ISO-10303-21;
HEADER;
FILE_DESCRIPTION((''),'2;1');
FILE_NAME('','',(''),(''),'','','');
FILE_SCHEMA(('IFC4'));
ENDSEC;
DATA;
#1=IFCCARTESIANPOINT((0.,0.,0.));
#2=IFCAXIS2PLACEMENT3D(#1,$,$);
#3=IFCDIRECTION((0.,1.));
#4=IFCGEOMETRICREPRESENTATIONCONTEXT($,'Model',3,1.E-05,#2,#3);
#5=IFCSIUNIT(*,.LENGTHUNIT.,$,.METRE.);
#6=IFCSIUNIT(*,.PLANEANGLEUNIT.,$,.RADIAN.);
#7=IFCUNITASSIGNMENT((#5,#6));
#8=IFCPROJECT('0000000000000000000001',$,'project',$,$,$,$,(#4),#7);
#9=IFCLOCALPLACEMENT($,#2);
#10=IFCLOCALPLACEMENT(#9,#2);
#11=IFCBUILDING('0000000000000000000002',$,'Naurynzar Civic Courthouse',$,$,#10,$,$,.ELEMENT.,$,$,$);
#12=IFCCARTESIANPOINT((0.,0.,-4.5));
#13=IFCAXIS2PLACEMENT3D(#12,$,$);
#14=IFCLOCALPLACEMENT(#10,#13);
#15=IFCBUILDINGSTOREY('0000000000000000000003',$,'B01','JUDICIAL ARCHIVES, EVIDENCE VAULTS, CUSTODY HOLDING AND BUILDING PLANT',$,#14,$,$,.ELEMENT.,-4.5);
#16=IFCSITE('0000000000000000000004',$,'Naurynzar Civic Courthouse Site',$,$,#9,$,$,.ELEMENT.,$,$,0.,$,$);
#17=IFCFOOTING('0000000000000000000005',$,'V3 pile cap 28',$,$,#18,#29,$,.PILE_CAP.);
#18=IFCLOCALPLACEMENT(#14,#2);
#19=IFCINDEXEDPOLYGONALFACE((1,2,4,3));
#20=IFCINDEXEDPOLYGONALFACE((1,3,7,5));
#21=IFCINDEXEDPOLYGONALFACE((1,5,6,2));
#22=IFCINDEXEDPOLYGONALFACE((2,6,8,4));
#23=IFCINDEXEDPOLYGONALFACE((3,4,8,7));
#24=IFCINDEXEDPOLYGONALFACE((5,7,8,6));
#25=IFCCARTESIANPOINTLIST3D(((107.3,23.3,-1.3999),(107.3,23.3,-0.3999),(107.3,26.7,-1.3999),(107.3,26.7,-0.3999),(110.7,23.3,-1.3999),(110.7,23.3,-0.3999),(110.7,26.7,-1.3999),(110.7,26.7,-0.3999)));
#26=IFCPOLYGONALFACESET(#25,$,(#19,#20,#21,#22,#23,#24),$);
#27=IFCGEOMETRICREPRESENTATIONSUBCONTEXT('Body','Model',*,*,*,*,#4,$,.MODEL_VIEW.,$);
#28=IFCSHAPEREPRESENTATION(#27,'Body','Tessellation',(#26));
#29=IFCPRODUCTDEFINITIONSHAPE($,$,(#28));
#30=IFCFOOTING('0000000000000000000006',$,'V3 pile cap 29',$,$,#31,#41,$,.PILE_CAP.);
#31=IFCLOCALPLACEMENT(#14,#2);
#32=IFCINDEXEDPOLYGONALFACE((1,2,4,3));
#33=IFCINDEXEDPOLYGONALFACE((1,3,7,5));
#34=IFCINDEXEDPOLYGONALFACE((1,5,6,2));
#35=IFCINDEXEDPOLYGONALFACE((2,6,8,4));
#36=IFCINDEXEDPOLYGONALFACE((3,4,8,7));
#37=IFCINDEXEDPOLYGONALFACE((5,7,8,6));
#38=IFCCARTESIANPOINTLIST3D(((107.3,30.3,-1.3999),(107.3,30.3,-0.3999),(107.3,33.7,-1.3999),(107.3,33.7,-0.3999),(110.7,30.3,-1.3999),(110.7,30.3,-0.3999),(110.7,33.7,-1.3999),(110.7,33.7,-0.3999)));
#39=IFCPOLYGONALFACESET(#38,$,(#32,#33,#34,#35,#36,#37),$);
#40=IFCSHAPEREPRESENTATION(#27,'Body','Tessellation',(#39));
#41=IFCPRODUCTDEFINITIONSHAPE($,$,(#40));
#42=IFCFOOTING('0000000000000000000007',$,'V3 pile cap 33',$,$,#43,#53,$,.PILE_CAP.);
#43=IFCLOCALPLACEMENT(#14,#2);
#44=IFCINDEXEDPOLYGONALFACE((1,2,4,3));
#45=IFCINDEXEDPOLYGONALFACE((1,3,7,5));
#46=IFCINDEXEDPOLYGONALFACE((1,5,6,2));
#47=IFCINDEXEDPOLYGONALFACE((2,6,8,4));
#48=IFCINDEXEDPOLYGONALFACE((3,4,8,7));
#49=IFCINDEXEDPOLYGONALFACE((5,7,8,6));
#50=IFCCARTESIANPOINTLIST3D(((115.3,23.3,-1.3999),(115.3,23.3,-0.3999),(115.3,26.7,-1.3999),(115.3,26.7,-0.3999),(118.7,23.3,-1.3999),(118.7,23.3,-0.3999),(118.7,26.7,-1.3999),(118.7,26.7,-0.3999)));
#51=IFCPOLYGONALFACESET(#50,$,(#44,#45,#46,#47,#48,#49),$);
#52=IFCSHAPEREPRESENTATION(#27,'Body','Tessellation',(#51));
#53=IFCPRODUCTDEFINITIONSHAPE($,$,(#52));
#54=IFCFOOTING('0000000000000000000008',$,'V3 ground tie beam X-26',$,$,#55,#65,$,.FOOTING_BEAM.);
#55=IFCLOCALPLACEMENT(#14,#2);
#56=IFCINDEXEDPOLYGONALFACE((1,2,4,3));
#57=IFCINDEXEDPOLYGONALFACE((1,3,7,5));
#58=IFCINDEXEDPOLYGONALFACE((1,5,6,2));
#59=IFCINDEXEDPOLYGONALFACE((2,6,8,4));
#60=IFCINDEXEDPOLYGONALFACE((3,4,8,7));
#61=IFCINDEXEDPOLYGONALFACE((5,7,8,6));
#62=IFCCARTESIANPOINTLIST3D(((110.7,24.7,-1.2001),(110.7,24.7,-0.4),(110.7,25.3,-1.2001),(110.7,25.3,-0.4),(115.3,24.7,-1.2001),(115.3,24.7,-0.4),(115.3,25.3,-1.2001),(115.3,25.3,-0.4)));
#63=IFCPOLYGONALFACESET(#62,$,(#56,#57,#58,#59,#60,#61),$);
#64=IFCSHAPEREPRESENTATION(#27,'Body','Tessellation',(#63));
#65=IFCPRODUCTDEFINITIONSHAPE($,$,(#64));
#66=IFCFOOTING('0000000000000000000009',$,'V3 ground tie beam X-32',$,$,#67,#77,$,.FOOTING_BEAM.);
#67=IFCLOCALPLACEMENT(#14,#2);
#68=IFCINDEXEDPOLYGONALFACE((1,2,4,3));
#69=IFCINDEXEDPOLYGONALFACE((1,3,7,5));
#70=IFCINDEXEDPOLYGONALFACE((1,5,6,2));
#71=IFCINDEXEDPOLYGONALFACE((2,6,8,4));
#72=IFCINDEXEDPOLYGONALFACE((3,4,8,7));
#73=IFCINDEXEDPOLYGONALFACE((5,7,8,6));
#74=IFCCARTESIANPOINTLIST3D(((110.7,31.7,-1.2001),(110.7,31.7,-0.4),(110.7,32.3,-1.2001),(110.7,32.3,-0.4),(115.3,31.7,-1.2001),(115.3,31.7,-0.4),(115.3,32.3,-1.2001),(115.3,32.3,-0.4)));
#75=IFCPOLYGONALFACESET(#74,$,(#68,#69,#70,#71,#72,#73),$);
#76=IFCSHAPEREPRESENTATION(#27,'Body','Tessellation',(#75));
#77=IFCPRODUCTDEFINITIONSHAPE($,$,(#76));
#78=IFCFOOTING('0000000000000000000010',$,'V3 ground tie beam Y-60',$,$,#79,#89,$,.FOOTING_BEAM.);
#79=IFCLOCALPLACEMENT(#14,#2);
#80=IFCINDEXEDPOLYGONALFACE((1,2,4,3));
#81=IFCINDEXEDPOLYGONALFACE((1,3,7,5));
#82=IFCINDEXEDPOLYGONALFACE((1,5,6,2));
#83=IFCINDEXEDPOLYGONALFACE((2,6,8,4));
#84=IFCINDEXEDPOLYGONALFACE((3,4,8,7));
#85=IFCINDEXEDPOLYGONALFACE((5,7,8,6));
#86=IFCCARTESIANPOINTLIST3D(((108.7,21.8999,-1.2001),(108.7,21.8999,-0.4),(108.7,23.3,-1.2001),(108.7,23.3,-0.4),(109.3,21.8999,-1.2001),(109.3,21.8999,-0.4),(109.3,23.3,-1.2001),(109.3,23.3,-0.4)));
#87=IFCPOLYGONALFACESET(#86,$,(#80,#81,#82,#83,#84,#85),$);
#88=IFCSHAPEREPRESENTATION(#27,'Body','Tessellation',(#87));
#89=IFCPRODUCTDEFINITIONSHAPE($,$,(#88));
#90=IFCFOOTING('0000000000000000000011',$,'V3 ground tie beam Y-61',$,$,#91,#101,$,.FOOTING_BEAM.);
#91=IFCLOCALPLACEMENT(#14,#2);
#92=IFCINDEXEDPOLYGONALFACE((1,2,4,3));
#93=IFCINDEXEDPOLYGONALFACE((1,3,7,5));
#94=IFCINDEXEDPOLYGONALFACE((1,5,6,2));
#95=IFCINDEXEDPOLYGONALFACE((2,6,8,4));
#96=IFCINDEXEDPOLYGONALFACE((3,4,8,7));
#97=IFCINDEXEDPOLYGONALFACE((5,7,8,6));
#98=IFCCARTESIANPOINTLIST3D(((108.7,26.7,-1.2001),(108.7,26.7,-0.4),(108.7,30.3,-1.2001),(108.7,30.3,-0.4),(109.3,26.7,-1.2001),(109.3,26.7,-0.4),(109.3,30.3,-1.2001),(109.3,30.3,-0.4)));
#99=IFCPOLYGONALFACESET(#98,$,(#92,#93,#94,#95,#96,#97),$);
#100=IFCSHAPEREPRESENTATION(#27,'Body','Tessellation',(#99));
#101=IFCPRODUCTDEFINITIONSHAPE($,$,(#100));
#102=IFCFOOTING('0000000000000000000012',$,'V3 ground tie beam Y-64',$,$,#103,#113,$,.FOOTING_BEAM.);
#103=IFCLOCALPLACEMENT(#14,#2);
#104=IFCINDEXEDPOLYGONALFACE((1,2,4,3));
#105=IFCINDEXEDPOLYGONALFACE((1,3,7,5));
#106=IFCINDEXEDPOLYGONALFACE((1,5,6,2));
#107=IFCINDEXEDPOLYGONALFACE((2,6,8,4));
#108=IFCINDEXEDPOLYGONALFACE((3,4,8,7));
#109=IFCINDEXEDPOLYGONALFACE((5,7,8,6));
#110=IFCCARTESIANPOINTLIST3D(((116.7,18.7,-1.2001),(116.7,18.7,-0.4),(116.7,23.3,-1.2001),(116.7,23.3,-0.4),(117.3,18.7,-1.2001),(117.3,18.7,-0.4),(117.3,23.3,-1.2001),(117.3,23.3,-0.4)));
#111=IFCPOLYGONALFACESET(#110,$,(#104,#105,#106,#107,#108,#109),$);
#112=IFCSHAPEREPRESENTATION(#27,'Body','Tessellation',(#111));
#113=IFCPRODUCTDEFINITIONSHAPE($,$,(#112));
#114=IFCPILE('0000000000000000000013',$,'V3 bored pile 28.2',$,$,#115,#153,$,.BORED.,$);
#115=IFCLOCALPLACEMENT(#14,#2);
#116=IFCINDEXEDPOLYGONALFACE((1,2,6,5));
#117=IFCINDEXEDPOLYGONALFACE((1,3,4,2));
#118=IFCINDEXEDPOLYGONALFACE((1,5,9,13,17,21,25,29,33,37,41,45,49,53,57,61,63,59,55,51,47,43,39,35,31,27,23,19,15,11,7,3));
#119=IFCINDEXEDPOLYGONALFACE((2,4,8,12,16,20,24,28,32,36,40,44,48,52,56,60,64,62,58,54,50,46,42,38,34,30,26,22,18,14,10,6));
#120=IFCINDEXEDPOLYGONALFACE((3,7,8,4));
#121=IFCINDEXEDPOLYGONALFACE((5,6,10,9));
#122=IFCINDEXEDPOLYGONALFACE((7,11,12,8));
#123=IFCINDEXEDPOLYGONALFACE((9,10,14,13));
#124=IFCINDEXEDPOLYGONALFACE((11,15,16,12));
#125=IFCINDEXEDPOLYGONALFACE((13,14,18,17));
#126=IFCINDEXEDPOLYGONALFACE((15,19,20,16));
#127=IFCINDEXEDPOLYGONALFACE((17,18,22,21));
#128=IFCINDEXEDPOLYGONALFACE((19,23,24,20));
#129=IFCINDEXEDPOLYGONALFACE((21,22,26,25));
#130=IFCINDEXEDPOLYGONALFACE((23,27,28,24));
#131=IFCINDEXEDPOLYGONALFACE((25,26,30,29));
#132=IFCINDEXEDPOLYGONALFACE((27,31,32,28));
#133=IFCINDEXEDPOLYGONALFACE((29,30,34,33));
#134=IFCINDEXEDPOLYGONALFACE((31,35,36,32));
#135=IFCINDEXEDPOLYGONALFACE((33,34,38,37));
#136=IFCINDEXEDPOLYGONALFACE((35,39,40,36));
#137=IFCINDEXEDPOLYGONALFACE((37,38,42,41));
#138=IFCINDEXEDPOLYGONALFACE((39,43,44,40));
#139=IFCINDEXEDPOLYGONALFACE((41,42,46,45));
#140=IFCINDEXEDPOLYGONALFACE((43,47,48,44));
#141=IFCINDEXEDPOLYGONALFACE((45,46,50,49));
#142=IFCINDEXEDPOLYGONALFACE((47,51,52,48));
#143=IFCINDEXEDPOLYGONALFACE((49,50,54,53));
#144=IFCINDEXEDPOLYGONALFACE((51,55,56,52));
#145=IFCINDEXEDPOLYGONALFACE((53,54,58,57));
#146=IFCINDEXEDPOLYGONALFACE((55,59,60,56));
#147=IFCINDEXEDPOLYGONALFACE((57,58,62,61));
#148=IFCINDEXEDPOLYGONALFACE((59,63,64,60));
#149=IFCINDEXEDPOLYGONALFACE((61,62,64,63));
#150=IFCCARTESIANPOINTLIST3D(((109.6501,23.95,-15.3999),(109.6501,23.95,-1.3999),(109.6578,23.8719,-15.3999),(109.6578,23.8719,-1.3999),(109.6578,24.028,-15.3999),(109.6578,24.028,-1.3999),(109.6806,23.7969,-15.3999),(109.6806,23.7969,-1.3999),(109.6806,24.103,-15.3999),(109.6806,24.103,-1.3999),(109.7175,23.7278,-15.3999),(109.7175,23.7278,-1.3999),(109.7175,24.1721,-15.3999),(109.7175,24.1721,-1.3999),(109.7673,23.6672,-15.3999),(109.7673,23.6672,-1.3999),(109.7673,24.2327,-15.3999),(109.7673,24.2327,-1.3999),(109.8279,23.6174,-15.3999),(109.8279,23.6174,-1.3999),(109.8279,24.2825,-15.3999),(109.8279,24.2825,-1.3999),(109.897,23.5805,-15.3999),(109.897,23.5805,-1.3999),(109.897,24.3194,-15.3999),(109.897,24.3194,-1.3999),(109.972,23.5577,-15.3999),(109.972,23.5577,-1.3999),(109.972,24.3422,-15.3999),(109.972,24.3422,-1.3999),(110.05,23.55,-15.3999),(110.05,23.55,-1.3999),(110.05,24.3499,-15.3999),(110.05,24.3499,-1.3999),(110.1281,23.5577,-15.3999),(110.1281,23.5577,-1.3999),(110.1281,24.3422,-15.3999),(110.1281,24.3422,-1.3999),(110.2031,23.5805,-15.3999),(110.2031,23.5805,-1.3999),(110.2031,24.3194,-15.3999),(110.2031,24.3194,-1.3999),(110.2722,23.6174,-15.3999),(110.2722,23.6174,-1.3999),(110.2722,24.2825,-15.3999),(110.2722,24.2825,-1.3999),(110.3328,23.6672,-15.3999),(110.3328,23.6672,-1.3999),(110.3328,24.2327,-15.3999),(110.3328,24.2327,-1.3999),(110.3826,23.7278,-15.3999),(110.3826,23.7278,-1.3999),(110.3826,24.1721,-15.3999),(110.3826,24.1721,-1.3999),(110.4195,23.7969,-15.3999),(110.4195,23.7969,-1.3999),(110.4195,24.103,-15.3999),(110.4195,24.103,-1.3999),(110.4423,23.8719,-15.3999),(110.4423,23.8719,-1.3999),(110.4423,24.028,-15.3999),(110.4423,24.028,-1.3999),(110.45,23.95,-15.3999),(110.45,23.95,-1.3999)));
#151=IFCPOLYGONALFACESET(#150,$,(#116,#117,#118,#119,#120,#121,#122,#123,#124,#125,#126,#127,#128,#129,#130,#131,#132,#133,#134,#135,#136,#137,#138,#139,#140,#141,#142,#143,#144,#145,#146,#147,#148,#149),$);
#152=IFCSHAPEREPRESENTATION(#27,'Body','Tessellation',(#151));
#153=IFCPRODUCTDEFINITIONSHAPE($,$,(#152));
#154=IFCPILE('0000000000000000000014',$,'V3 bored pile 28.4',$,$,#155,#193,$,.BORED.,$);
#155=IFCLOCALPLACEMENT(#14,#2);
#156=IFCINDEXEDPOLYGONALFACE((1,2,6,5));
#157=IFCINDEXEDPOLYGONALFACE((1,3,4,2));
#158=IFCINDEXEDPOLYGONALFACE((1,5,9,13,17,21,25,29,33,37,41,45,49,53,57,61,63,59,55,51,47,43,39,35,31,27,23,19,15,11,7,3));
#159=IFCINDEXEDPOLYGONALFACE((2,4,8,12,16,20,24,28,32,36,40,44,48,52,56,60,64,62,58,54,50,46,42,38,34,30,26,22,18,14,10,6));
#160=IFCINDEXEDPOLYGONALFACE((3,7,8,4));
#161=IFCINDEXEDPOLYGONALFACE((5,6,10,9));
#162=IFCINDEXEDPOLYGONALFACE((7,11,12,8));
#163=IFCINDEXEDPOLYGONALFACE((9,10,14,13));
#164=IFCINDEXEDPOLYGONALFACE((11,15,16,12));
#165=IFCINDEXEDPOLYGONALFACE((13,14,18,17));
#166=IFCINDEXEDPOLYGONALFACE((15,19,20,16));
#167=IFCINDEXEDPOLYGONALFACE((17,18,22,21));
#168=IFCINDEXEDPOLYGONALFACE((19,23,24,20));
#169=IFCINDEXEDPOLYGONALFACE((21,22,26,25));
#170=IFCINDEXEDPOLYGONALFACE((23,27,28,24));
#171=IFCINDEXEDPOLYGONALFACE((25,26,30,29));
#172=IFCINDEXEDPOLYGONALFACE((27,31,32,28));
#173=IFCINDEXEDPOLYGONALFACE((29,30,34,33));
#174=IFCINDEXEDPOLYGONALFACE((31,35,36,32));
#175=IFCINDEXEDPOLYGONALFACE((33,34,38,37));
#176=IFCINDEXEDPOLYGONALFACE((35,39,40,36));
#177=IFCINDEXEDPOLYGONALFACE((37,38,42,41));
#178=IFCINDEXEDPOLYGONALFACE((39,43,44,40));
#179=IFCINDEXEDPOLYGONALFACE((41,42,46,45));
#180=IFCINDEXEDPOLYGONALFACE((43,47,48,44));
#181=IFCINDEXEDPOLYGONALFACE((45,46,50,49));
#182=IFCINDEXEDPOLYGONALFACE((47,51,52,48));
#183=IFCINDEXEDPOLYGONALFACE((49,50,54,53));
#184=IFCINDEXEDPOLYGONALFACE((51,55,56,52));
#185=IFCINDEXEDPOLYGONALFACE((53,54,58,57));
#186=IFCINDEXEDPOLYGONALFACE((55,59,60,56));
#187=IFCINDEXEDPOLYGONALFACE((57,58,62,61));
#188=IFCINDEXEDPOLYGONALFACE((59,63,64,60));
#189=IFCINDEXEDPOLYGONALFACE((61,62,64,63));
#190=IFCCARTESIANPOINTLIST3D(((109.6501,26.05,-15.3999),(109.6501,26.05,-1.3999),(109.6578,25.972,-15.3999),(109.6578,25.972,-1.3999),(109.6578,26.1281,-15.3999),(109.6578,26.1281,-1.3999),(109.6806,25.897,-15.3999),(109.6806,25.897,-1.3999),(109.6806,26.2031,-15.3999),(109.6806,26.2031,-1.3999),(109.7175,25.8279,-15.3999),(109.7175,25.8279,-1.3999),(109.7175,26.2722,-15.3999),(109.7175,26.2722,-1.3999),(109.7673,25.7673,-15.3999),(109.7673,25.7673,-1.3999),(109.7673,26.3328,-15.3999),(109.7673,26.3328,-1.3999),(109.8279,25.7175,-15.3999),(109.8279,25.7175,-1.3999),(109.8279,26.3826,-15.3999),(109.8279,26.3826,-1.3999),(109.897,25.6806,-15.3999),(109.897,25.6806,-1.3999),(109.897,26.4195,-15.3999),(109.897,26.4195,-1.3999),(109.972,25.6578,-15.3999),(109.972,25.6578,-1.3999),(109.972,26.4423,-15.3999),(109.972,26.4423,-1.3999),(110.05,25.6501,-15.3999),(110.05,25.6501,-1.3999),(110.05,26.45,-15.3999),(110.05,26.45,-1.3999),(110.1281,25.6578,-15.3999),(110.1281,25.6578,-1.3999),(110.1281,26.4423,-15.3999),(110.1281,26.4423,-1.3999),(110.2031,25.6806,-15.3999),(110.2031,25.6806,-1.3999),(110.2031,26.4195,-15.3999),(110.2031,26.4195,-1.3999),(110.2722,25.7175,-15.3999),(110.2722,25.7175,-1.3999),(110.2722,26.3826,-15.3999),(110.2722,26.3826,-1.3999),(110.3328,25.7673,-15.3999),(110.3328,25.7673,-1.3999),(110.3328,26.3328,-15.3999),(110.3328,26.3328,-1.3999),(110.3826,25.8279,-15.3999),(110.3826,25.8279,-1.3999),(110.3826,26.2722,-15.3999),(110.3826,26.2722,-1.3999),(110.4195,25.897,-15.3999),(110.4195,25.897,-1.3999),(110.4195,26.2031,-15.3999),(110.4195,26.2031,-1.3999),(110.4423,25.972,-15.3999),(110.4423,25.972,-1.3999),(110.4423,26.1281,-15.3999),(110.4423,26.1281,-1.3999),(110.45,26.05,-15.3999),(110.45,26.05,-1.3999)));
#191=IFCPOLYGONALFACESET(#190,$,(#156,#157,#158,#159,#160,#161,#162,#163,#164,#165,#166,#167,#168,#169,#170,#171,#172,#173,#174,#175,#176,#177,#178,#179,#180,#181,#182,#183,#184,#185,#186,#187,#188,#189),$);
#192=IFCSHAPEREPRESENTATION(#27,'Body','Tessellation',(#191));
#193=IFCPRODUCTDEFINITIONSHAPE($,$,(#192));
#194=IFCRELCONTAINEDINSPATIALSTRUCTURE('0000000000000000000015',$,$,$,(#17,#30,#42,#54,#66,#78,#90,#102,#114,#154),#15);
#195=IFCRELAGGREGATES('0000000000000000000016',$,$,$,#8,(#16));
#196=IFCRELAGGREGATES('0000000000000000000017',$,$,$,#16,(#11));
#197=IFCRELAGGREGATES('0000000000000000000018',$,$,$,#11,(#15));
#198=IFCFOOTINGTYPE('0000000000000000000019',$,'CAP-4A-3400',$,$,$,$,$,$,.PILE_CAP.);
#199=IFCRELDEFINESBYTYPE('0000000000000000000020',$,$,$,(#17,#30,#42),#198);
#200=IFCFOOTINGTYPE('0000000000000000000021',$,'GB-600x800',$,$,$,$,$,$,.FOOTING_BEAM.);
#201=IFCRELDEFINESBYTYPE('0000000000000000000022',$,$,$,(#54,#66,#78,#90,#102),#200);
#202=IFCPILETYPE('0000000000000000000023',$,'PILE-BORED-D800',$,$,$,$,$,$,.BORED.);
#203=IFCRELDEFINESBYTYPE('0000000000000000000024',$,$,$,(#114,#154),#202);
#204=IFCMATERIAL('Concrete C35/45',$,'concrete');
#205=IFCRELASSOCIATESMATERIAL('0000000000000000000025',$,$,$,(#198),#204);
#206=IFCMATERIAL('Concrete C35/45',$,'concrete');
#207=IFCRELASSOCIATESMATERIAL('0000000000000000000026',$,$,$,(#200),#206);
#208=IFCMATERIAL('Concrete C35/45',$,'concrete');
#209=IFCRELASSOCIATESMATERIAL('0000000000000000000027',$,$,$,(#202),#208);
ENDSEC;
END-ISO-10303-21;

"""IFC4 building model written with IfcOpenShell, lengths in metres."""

from ifc_helpers import new_model, si_unit, direction, frame, origin, origin_2d, place, context, subcontext, project, spatial, rectangle, circle, extrude, material, material_profile, profile_set, type_object, element, save


model = new_model("IFC4")

# Units and contexts
model_context = context("Model", 3, precision=1e-05, world=origin(), true_north=direction((0.0, 1.0)))
body_context = subcontext(model_context, "Body", "Model", "MODEL_VIEW")
ifc_project = project(units=[si_unit("LENGTHUNIT", "METRE"), si_unit("PLANEANGLEUNIT", "RADIAN")], contexts=[model_context])

# Site, building, storey
site_placement = place(None, origin())
site = spatial("IfcSite", under=ifc_project, at=site_placement, Name="Naurynzar Civic Courthouse Site", CompositionType="ELEMENT", RefElevation=0.0)
building_placement = place(site_placement, origin())
building = spatial("IfcBuilding", under=site, at=building_placement, Name="Naurynzar Civic Courthouse", CompositionType="ELEMENT")
storey_placement = place(building_placement, frame((0.0, 0.0, -4.5)))
storey = spatial("IfcBuildingStorey", under=building, at=storey_placement, Name="B01", Description="JUDICIAL ARCHIVES, EVIDENCE VAULTS, CUSTODY HOLDING AND BUILDING PLANT", CompositionType="ELEMENT", Elevation=-4.5)

# Footings
ifc_material_1 = material(Name="Concrete C35/45", Category="concrete")
footing_type_1 = type_object("IfcFootingType", Name="CAP-4A-3400", PredefinedType="PILE_CAP", material=ifc_material_1)
for number, where, z_axis, x_axis, name in (
    (1, (109.0, 25.0, -1.3999), (0.0, 0.0, 1.0), (1.0, 0.0, 0.0), "V3 pile cap 28"),
    (2, (109.0, 32.0, -1.3999), (0.0, 0.0, 1.0), (1.0, 0.0, 0.0), "V3 pile cap 29"),
    (3, (117.0, 25.0, -1.3999), (0.0, 0.0, 1.0), (1.0, 0.0, 0.0), "V3 pile cap 33"),
):
    element("IfcFooting", number, at=place(storey_placement, frame(where, z_axis=z_axis, x_axis=x_axis)), inside=storey, type_object=footing_type_1, Name=name, PredefinedType="PILE_CAP", context=body_context, shape_type="SweptSolid", body=[
        extrude(rectangle(XDim=3.3999, YDim=3.3999, at=origin_2d()), origin(), (0.0, 0.0, 1.0), 1.0),
    ])
ifc_material_2 = material(Name="Concrete C35/45", Category="concrete")
ifc_material_profile_1 = material_profile(ifc_material_2, rectangle(XDim=0.6001, YDim=0.8, at=origin_2d()), Name="GB 600x800")
ifc_profile_set_1 = profile_set([ifc_material_profile_1], Name="Concrete C35/45")
footing_type_2 = type_object("IfcFootingType", Name="GB-600x800", PredefinedType="FOOTING_BEAM", material=ifc_profile_set_1)
for number, where, z_axis, x_axis, name in (
    (4, (110.7, 25.0, -0.8), (1.0, 0.0, 0.0), (0.0, 1.0, 0.0), "V3 ground tie beam X-26"),
    (5, (110.7, 32.0, -0.8), (1.0, 0.0, 0.0), (0.0, 1.0, 0.0), "V3 ground tie beam X-32"),
):
    element("IfcFooting", number, at=place(storey_placement, frame(where, z_axis=z_axis, x_axis=x_axis)), inside=storey, type_object=footing_type_2, Name=name, PredefinedType="FOOTING_BEAM", context=body_context, shape_type="SweptSolid", body=[
        extrude(rectangle(XDim=0.6001, YDim=0.8, at=origin_2d()), origin(), (0.0, 0.0, 1.0), 4.6001),
    ])
footing_1_placement = place(storey_placement, frame((109.0, 21.8999, -0.8), z_axis=(0.0, 1.0, 0.0), x_axis=(-1.0, 0.0, 0.0)))
element("IfcFooting", 6, at=footing_1_placement, inside=storey, type_object=footing_type_2, Name="V3 ground tie beam Y-60", PredefinedType="FOOTING_BEAM", context=body_context, shape_type="SweptSolid", body=[
    extrude(rectangle(XDim=0.6001, YDim=0.8, at=origin_2d()), origin(), (0.0, 0.0, 1.0), 1.4001),
])
footing_2_placement = place(storey_placement, frame((109.0, 26.7, -0.8), z_axis=(0.0, 1.0, 0.0), x_axis=(-1.0, 0.0, 0.0)))
element("IfcFooting", 7, at=footing_2_placement, inside=storey, type_object=footing_type_2, Name="V3 ground tie beam Y-61", PredefinedType="FOOTING_BEAM", context=body_context, shape_type="SweptSolid", body=[
    extrude(rectangle(XDim=0.6001, YDim=0.8, at=origin_2d()), origin(), (0.0, 0.0, 1.0), 3.6001),
])
footing_3_placement = place(storey_placement, frame((117.0, 18.7, -0.8), z_axis=(0.0, 1.0, 0.0), x_axis=(-1.0, 0.0, 0.0)))
element("IfcFooting", 8, at=footing_3_placement, inside=storey, type_object=footing_type_2, Name="V3 ground tie beam Y-64", PredefinedType="FOOTING_BEAM", context=body_context, shape_type="SweptSolid", body=[
    extrude(rectangle(XDim=0.6001, YDim=0.8, at=origin_2d()), origin(), (0.0, 0.0, 1.0), 4.6001),
])

# Piles
ifc_material_3 = material(Name="Concrete C35/45", Category="concrete")
ifc_material_profile_2 = material_profile(ifc_material_3, circle(Radius=0.3999, at=origin_2d()), Name="PILE D800")
ifc_profile_set_2 = profile_set([ifc_material_profile_2], Name="Concrete C35/45")
pile_type = type_object("IfcPileType", Name="PILE-BORED-D800", PredefinedType="BORED", material=ifc_profile_set_2)
for number, where, z_axis, x_axis, name in (
    (9, (110.05, 23.95, -1.3999), (0.0, 0.0, -1.0), (1.0, 0.0, 0.0), "V3 bored pile 28.2"),
    (10, (110.05, 26.05, -1.3999), (0.0, 0.0, -1.0), (1.0, 0.0, 0.0), "V3 bored pile 28.4"),
):
    element("IfcPile", number, at=place(storey_placement, frame(where, z_axis=z_axis, x_axis=x_axis)), inside=storey, type_object=pile_type, Name=name, PredefinedType="BORED", context=body_context, shape_type="SweptSolid", body=[
        extrude(circle(Radius=0.3999, at=origin_2d()), origin(), (0.0, 0.0, 1.0), 14.0),
    ])

save(model, "model.ifc")
